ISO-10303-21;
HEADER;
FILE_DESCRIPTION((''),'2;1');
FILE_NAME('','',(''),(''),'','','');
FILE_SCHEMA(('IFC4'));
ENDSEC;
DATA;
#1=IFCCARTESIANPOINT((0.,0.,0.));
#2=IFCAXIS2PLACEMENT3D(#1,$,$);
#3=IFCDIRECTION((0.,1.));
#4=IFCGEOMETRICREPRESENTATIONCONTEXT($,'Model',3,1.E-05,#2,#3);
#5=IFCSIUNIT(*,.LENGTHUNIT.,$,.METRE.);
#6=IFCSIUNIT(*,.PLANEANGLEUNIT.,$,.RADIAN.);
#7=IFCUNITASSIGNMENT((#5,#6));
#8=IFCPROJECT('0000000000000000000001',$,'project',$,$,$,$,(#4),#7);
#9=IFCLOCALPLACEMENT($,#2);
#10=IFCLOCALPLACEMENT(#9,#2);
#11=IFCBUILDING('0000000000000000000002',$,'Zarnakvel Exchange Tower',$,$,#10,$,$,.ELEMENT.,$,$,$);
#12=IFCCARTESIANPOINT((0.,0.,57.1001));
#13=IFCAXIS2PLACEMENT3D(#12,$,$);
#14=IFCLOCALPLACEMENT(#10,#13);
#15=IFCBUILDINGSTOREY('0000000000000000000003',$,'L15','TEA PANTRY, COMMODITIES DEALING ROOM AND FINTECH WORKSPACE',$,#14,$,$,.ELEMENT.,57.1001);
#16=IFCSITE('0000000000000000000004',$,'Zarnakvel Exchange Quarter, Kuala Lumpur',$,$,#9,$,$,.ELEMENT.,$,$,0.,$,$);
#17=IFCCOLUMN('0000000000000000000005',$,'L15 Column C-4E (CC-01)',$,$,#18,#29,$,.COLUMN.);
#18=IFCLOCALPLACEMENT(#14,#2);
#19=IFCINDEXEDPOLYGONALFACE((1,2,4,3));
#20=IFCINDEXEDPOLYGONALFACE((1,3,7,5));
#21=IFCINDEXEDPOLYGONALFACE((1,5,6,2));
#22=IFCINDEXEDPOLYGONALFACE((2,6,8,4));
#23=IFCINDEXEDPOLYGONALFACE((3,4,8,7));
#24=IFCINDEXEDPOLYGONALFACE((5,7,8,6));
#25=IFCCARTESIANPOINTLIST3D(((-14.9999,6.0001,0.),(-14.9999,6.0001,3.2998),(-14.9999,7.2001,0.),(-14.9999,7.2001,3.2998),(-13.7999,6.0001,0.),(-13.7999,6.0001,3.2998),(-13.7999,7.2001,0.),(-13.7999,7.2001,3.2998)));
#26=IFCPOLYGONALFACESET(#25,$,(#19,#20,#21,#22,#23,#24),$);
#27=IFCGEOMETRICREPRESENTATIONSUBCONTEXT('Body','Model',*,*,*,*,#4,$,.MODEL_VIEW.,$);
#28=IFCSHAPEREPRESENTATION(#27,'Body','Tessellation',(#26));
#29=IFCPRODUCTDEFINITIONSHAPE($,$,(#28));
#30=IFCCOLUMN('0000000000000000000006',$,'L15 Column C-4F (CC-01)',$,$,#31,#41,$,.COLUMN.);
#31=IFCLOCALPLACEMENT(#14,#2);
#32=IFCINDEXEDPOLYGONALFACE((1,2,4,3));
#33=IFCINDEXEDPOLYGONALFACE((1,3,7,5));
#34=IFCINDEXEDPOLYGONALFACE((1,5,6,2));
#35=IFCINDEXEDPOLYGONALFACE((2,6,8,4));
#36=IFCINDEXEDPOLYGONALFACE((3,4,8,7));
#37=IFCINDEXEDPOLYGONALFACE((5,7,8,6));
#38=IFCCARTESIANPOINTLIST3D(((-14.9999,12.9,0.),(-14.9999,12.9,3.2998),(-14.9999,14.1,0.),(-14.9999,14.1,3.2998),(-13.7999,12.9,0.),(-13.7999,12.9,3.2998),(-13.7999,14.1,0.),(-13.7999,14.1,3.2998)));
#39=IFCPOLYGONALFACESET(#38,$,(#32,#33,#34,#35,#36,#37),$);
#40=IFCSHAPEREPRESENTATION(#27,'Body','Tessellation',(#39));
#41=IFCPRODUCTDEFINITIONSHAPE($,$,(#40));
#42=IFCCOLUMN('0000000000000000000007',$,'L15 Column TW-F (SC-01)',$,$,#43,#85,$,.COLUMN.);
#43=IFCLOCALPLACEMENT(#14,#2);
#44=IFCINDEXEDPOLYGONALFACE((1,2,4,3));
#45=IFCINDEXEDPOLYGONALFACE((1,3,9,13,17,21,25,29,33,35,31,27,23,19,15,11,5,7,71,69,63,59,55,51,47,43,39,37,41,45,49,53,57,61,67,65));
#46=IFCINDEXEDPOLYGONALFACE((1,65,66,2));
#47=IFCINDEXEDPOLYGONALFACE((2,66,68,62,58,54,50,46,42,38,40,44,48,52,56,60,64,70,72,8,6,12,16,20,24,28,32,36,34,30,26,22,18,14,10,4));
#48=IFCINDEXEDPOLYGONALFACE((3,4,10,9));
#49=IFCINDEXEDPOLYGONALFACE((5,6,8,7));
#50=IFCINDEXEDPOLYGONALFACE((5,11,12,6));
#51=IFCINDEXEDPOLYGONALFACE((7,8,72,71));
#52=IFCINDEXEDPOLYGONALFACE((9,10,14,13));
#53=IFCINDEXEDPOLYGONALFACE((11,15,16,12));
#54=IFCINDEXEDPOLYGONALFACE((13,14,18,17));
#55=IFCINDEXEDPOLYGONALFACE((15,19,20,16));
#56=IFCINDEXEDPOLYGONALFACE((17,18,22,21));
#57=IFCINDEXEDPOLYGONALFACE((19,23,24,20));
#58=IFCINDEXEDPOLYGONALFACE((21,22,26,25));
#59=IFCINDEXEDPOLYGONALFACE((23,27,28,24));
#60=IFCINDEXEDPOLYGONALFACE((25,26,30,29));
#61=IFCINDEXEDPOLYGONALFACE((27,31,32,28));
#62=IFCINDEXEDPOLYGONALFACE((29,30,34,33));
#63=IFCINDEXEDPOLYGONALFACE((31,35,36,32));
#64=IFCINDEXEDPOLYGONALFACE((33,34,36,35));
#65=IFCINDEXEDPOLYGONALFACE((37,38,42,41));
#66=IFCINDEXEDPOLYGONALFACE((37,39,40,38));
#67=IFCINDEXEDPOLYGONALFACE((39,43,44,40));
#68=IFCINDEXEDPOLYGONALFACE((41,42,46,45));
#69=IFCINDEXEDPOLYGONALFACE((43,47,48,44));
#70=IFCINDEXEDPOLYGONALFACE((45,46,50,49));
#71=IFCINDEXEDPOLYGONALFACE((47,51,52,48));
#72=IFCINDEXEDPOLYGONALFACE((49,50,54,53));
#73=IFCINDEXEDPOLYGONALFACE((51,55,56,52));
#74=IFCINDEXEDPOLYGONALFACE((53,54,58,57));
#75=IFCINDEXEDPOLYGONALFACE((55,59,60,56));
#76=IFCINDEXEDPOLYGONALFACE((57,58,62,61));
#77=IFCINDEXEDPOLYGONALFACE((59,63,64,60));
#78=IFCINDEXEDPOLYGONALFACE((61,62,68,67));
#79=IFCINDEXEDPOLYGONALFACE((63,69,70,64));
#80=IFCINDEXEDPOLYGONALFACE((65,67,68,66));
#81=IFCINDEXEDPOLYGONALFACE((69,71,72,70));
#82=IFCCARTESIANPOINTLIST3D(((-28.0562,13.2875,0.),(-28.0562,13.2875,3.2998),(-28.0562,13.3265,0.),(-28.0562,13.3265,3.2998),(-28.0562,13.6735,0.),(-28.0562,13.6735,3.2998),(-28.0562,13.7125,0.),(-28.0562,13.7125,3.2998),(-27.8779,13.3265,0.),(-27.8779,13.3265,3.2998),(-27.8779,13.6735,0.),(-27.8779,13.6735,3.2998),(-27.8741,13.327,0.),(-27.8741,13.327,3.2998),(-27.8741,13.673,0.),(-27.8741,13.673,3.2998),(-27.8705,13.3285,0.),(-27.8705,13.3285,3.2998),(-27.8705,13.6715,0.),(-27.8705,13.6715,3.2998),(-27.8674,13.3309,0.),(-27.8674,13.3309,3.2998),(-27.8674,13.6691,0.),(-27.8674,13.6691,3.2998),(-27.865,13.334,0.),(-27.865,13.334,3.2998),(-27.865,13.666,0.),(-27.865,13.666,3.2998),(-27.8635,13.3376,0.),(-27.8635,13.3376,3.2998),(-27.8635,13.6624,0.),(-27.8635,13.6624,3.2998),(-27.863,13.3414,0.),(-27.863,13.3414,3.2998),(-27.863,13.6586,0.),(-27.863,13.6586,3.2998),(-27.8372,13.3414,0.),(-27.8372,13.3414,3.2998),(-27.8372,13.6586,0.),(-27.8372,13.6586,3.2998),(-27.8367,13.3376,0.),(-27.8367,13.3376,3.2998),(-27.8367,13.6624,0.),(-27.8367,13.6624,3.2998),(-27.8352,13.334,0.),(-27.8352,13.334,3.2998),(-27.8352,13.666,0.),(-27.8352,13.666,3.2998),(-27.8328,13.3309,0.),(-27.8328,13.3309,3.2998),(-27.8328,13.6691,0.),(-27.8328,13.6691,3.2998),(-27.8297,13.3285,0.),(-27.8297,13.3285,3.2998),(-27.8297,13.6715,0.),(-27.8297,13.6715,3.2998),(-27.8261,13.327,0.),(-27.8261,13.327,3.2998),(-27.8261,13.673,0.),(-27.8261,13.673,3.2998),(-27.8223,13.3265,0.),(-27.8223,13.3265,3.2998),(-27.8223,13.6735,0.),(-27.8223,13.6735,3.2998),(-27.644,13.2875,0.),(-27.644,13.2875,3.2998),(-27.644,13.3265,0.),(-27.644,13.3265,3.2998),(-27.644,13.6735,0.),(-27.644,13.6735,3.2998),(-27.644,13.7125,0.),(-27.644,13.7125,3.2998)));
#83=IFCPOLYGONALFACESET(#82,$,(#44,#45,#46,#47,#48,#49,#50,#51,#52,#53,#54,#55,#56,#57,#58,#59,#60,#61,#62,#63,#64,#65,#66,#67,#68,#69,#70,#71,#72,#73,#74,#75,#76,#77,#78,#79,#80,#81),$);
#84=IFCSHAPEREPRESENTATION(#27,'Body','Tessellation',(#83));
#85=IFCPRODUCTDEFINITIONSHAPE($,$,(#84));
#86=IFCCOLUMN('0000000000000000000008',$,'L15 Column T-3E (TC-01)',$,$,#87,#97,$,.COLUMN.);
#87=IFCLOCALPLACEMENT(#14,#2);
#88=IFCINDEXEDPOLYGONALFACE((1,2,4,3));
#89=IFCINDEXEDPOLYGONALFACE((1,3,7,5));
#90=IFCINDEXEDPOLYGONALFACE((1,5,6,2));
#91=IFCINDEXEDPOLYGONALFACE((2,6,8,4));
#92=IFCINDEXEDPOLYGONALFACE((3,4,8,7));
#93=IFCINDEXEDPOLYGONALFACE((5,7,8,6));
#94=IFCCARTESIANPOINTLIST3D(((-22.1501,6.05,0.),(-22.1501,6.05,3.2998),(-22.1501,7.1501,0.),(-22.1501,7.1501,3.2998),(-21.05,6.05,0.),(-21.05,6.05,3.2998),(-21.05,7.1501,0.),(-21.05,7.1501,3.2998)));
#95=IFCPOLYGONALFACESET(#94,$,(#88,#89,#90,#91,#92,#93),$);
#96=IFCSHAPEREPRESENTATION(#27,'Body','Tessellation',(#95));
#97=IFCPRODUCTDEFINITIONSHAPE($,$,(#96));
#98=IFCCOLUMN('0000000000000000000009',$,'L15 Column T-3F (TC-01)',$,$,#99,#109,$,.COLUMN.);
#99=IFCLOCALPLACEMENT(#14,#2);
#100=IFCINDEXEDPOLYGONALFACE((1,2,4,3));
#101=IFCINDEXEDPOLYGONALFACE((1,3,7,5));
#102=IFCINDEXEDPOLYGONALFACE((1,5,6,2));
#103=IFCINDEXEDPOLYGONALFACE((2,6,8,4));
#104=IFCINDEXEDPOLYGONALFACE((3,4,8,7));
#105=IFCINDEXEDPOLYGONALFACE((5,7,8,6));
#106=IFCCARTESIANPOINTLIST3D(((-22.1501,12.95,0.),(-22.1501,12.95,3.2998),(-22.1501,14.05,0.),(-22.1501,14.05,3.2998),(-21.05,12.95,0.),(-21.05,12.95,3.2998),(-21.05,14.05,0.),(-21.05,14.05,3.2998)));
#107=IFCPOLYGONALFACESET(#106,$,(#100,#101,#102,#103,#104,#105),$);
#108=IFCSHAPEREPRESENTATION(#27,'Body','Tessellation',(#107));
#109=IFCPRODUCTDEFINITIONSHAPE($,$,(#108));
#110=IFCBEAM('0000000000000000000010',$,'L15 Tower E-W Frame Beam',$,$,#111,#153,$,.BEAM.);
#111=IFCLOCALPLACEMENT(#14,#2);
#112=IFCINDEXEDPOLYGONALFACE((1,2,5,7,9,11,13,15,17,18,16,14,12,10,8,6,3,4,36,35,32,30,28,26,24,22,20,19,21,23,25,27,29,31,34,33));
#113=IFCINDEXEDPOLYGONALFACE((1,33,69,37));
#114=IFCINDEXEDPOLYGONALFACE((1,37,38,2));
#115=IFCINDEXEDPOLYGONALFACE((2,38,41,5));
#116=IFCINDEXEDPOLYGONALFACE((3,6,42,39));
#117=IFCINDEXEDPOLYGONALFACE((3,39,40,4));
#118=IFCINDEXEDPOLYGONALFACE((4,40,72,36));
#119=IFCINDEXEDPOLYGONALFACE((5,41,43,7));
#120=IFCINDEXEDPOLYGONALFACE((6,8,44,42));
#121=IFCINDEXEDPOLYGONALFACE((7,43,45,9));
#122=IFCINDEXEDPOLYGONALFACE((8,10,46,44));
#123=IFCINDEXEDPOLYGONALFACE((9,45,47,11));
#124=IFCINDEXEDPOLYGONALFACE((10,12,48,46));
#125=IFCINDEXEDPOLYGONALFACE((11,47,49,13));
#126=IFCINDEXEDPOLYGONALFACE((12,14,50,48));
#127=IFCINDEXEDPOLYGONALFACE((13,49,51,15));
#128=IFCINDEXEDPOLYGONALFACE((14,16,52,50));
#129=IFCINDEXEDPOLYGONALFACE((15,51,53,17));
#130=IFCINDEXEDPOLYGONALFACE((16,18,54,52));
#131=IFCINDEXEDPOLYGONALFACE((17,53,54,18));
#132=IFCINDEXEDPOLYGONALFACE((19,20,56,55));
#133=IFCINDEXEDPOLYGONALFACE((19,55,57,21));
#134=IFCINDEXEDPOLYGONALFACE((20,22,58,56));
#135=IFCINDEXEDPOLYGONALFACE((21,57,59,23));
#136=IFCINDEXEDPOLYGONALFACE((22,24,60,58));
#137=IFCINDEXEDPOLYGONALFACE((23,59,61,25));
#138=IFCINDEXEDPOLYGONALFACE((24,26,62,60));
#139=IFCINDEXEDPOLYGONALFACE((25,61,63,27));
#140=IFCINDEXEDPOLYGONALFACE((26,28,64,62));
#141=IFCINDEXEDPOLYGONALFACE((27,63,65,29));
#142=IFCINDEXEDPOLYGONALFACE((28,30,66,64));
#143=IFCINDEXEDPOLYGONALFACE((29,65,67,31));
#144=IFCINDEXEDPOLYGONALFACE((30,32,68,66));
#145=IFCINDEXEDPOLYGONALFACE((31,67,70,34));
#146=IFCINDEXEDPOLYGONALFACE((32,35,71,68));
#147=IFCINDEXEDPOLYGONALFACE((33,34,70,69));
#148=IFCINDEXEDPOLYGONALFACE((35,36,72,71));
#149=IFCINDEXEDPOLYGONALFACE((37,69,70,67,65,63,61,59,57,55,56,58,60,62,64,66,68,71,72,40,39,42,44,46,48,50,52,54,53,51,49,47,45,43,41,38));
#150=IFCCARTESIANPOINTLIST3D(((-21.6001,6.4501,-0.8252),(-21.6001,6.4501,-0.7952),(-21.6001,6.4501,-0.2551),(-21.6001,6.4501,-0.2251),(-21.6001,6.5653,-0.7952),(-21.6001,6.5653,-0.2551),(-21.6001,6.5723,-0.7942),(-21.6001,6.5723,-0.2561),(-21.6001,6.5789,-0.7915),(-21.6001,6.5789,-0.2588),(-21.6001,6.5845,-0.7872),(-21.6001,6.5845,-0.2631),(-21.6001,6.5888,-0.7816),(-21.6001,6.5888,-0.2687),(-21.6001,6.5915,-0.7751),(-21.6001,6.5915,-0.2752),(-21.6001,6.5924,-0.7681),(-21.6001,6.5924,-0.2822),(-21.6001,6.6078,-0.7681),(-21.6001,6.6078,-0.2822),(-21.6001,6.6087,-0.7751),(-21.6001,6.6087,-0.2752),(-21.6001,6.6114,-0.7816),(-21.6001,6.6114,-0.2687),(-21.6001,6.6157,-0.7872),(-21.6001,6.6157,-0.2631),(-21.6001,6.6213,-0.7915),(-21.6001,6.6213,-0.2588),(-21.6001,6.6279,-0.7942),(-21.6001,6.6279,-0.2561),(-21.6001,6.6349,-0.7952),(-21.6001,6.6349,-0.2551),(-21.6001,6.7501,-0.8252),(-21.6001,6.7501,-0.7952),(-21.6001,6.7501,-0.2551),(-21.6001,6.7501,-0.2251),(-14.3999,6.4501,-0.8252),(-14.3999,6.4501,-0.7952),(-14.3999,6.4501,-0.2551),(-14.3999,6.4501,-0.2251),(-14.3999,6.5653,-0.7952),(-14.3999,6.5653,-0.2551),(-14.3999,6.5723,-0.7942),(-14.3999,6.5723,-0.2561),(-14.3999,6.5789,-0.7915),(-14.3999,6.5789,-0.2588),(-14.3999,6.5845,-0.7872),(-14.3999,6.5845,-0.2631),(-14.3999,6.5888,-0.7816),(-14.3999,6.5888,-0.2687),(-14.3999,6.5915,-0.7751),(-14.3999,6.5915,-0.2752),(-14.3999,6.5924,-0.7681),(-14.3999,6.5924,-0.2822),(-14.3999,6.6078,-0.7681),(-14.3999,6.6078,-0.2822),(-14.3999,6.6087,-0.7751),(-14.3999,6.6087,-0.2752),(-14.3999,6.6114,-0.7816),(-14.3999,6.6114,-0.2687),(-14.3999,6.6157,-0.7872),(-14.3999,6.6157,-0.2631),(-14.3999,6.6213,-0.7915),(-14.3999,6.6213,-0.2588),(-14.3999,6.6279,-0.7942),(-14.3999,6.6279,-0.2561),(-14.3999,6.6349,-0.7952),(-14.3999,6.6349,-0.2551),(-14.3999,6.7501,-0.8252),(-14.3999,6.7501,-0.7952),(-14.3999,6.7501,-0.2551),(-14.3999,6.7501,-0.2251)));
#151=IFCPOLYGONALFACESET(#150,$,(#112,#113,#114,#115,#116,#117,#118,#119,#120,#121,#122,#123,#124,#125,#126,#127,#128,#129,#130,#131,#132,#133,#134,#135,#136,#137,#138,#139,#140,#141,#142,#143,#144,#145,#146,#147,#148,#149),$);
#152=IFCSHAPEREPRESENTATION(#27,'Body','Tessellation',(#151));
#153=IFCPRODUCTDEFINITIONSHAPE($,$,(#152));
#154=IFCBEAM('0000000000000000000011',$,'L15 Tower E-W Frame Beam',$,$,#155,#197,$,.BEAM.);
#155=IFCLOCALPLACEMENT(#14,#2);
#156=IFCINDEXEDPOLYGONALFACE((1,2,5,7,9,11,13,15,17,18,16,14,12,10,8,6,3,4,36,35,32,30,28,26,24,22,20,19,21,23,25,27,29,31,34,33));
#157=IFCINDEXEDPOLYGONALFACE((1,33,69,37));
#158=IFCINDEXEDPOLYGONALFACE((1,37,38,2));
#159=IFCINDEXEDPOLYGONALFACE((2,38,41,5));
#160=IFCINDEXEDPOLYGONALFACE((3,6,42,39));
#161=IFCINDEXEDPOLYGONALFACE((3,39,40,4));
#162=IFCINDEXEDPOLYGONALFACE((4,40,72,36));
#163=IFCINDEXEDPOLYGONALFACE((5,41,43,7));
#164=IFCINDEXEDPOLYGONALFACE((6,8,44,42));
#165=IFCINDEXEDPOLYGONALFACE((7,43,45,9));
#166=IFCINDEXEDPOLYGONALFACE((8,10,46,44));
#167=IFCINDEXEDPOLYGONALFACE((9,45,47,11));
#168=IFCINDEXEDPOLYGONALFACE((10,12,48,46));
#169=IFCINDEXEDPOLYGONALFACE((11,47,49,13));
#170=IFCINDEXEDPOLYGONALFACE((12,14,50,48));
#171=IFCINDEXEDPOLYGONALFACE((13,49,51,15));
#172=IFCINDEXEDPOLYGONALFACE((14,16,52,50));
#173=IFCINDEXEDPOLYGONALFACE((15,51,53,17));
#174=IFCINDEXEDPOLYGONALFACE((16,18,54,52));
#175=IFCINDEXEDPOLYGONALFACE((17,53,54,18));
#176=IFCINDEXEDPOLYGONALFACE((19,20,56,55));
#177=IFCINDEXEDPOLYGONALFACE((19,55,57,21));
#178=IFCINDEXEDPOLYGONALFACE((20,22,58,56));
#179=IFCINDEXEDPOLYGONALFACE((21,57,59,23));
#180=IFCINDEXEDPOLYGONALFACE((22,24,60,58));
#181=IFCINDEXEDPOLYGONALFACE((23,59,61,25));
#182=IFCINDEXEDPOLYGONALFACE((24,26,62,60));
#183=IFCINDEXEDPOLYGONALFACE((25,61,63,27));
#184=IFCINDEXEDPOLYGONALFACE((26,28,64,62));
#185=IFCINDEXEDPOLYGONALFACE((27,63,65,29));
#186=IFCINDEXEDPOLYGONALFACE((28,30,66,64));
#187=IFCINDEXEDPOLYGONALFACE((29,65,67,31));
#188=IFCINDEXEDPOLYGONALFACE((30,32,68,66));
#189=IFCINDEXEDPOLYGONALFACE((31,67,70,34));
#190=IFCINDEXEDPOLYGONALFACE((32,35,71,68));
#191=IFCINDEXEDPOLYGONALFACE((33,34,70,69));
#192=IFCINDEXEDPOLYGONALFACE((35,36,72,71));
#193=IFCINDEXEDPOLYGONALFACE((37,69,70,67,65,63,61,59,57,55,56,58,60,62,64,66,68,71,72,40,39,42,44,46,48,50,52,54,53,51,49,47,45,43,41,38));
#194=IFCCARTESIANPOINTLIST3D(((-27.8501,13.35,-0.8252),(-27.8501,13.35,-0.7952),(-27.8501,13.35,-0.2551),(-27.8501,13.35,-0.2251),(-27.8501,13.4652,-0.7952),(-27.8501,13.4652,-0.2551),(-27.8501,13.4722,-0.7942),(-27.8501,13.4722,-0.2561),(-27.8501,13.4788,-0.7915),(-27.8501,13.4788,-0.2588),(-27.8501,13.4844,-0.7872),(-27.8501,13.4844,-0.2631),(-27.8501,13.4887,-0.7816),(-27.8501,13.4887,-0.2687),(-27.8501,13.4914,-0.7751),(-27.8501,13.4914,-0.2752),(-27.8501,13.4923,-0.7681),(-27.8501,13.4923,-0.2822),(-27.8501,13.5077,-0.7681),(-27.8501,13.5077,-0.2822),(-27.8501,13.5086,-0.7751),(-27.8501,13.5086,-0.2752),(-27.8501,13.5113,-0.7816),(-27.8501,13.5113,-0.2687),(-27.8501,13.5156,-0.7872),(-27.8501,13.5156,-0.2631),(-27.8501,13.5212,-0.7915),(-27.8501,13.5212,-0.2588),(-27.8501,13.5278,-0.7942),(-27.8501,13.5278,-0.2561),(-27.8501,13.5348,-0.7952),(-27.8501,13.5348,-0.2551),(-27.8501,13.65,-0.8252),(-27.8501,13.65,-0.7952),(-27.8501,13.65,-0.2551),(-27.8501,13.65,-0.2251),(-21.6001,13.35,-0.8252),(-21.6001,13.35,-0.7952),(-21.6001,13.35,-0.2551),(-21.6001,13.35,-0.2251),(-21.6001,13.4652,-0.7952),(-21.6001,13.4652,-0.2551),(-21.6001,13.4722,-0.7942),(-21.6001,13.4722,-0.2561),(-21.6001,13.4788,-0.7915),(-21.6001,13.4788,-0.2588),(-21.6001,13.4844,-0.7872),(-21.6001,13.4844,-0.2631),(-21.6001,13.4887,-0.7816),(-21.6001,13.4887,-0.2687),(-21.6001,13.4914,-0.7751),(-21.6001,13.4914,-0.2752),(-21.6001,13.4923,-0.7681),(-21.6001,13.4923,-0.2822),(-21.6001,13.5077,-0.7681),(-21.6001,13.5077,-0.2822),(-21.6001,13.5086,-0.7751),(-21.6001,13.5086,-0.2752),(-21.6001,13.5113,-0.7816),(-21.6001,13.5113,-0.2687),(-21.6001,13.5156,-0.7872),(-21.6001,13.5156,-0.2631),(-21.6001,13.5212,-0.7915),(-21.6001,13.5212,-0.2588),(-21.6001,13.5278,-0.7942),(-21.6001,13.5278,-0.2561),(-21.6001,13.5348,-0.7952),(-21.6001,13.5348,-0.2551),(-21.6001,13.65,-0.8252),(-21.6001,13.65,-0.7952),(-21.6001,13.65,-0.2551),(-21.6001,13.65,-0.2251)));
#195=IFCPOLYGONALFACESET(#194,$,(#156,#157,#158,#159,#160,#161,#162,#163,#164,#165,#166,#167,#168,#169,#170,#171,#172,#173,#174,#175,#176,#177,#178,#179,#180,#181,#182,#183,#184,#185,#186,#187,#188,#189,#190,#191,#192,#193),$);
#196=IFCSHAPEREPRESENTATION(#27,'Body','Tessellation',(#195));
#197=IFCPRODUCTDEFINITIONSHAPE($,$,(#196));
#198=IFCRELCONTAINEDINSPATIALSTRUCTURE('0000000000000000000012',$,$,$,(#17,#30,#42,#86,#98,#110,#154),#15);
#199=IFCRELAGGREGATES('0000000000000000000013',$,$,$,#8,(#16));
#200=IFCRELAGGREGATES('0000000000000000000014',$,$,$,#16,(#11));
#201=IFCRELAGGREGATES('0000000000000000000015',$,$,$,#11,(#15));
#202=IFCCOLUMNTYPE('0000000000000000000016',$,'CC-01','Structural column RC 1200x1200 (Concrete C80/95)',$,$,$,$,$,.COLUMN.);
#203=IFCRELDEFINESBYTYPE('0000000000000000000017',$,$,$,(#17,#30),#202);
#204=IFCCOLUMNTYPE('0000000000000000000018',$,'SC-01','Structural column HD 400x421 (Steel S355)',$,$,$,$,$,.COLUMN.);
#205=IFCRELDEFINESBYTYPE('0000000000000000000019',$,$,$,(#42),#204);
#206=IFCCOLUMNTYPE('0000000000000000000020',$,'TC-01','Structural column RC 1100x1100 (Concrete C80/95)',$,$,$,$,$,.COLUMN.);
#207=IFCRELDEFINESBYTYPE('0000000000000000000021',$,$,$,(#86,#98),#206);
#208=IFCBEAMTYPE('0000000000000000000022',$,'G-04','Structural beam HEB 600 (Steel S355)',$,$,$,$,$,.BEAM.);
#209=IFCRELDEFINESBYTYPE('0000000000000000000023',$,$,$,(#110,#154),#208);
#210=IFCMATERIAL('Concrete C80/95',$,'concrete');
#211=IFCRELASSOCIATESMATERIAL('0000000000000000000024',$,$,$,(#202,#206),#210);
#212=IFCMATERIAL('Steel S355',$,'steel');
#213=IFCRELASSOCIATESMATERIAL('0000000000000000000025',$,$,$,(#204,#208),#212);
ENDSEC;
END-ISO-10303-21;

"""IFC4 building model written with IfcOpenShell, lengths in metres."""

from ifc_helpers import new_model, si_unit, direction, frame, origin, origin_2d, place, context, subcontext, project, spatial, rectangle, i_section, extrude, material, material_profile, profile_set, type_object, element, save


model = new_model("IFC4")

# Units and contexts
model_context = context("Model", 3, precision=1e-05, world=origin(), true_north=direction((0.0, 1.0)))
body_context = subcontext(model_context, "Body", "Model", "MODEL_VIEW")
ifc_project = project(units=[si_unit("LENGTHUNIT", "METRE"), si_unit("PLANEANGLEUNIT", "RADIAN")], contexts=[model_context])

# Site, building, storey
site_placement = place(None, origin())
site = spatial("IfcSite", under=ifc_project, at=site_placement, Name="Zarnakvel Exchange Quarter, Kuala Lumpur", CompositionType="ELEMENT", RefElevation=0.0)
building_placement = place(site_placement, origin())
building = spatial("IfcBuilding", under=site, at=building_placement, Name="Zarnakvel Exchange Tower", CompositionType="ELEMENT")
storey_placement = place(building_placement, frame((0.0, 0.0, 57.1001)))
storey = spatial("IfcBuildingStorey", under=building, at=storey_placement, Name="L15", Description="TEA PANTRY, COMMODITIES DEALING ROOM AND FINTECH WORKSPACE", CompositionType="ELEMENT", Elevation=57.1001)

# Columns
ifc_material_1 = material(Name="Concrete C80/95", Category="concrete")
ifc_material_profile_1 = material_profile(ifc_material_1, rectangle(XDim=1.2, YDim=1.2, at=origin_2d()))
ifc_profile_set_1 = profile_set([ifc_material_profile_1], Name="Concrete C80/95")
column_type_1 = type_object("IfcColumnType", Name="CC-01", Description="Structural column RC 1200x1200 (Concrete C80/95)", PredefinedType="COLUMN", material=ifc_profile_set_1)
for number, where, z_axis, x_axis, name in (
    (1, (-14.3999, 6.6001, 0.0), (0.0, 0.0, 1.0), (1.0, 0.0, 0.0), "L15 Column C-4E (CC-01)"),
    (2, (-14.3999, 13.5, 0.0), (0.0, 0.0, 1.0), (1.0, 0.0, 0.0), "L15 Column C-4F (CC-01)"),
):
    element("IfcColumn", number, at=place(storey_placement, frame(where, z_axis=z_axis, x_axis=x_axis)), inside=storey, type_object=column_type_1, Name=name, PredefinedType="COLUMN", context=body_context, shape_type="SweptSolid", body=[
        extrude(rectangle(XDim=1.2, YDim=1.2, at=origin_2d()), origin(), (0.0, 0.0, 1.0), 3.2998),
    ])
ifc_material_2 = material(Name="Steel S355", Category="steel")
ifc_material_profile_2 = material_profile(ifc_material_2, i_section(OverallWidth=0.4121, OverallDepth=0.425, WebThickness=0.0259, FlangeThickness=0.0391, FilletRadius=0.0149, at=origin_2d()))
ifc_profile_set_2 = profile_set([ifc_material_profile_2], Name="Steel S355")
column_type_2 = type_object("IfcColumnType", Name="SC-01", Description="Structural column HD 400x421 (Steel S355)", PredefinedType="COLUMN", material=ifc_profile_set_2)
column_placement = place(storey_placement, frame((-27.8501, 13.5, 0.0), z_axis=(0.0, 0.0, 1.0), x_axis=(1.0, 0.0, 0.0)))
element("IfcColumn", 3, at=column_placement, inside=storey, type_object=column_type_2, Name="L15 Column TW-F (SC-01)", PredefinedType="COLUMN", context=body_context, shape_type="SweptSolid", body=[
    extrude(i_section(OverallWidth=0.4121, OverallDepth=0.425, WebThickness=0.0259, FlangeThickness=0.0391, FilletRadius=0.0149, at=origin_2d()), origin(), (0.0, 0.0, 1.0), 3.2998),
])
ifc_material_profile_3 = material_profile(ifc_material_1, rectangle(XDim=1.1001, YDim=1.1001, at=origin_2d()))
ifc_profile_set_3 = profile_set([ifc_material_profile_3], Name="Concrete C80/95")
column_type_3 = type_object("IfcColumnType", Name="TC-01", Description="Structural column RC 1100x1100 (Concrete C80/95)", PredefinedType="COLUMN", material=ifc_profile_set_3)
for number, where, z_axis, x_axis, name in (
    (4, (-21.6001, 6.6001, 0.0), (0.0, 0.0, 1.0), (1.0, 0.0, 0.0), "L15 Column T-3E (TC-01)"),
    (5, (-21.6001, 13.5, 0.0), (0.0, 0.0, 1.0), (1.0, 0.0, 0.0), "L15 Column T-3F (TC-01)"),
):
    element("IfcColumn", number, at=place(storey_placement, frame(where, z_axis=z_axis, x_axis=x_axis)), inside=storey, type_object=column_type_3, Name=name, PredefinedType="COLUMN", context=body_context, shape_type="SweptSolid", body=[
        extrude(rectangle(XDim=1.1001, YDim=1.1001, at=origin_2d()), origin(), (0.0, 0.0, 1.0), 3.2998),
    ])

# Beams
ifc_material_profile_4 = material_profile(ifc_material_2, i_section(OverallWidth=0.3, OverallDepth=0.6001, WebThickness=0.0154, FlangeThickness=0.03, FilletRadius=0.0271, at=origin_2d()))
ifc_profile_set_4 = profile_set([ifc_material_profile_4], Name="Steel S355")
beam_type = type_object("IfcBeamType", Name="G-04", Description="Structural beam HEB 600 (Steel S355)", PredefinedType="BEAM", material=ifc_profile_set_4)
beam_1_placement = place(storey_placement, frame((-21.6001, 6.6001, -0.5251), z_axis=(1.0, 0.0, 0.0), x_axis=(0.0, 1.0, 0.0)))
element("IfcBeam", 6, at=beam_1_placement, inside=storey, type_object=beam_type, Name="L15 Tower E-W Frame Beam", PredefinedType="BEAM", context=body_context, shape_type="SweptSolid", body=[
    extrude(i_section(OverallWidth=0.3, OverallDepth=0.6001, WebThickness=0.0154, FlangeThickness=0.03, FilletRadius=0.0271, at=origin_2d()), origin(), (0.0, 0.0, 1.0), 7.2002),
])
beam_2_placement = place(storey_placement, frame((-27.8501, 13.5, -0.5251), z_axis=(1.0, 0.0, 0.0), x_axis=(0.0, 1.0, 0.0)))
element("IfcBeam", 7, at=beam_2_placement, inside=storey, type_object=beam_type, Name="L15 Tower E-W Frame Beam", PredefinedType="BEAM", context=body_context, shape_type="SweptSolid", body=[
    extrude(i_section(OverallWidth=0.3, OverallDepth=0.6001, WebThickness=0.0154, FlangeThickness=0.03, FilletRadius=0.0271, at=origin_2d()), origin(), (0.0, 0.0, 1.0), 6.25),
])

save(model, "model.ifc")
